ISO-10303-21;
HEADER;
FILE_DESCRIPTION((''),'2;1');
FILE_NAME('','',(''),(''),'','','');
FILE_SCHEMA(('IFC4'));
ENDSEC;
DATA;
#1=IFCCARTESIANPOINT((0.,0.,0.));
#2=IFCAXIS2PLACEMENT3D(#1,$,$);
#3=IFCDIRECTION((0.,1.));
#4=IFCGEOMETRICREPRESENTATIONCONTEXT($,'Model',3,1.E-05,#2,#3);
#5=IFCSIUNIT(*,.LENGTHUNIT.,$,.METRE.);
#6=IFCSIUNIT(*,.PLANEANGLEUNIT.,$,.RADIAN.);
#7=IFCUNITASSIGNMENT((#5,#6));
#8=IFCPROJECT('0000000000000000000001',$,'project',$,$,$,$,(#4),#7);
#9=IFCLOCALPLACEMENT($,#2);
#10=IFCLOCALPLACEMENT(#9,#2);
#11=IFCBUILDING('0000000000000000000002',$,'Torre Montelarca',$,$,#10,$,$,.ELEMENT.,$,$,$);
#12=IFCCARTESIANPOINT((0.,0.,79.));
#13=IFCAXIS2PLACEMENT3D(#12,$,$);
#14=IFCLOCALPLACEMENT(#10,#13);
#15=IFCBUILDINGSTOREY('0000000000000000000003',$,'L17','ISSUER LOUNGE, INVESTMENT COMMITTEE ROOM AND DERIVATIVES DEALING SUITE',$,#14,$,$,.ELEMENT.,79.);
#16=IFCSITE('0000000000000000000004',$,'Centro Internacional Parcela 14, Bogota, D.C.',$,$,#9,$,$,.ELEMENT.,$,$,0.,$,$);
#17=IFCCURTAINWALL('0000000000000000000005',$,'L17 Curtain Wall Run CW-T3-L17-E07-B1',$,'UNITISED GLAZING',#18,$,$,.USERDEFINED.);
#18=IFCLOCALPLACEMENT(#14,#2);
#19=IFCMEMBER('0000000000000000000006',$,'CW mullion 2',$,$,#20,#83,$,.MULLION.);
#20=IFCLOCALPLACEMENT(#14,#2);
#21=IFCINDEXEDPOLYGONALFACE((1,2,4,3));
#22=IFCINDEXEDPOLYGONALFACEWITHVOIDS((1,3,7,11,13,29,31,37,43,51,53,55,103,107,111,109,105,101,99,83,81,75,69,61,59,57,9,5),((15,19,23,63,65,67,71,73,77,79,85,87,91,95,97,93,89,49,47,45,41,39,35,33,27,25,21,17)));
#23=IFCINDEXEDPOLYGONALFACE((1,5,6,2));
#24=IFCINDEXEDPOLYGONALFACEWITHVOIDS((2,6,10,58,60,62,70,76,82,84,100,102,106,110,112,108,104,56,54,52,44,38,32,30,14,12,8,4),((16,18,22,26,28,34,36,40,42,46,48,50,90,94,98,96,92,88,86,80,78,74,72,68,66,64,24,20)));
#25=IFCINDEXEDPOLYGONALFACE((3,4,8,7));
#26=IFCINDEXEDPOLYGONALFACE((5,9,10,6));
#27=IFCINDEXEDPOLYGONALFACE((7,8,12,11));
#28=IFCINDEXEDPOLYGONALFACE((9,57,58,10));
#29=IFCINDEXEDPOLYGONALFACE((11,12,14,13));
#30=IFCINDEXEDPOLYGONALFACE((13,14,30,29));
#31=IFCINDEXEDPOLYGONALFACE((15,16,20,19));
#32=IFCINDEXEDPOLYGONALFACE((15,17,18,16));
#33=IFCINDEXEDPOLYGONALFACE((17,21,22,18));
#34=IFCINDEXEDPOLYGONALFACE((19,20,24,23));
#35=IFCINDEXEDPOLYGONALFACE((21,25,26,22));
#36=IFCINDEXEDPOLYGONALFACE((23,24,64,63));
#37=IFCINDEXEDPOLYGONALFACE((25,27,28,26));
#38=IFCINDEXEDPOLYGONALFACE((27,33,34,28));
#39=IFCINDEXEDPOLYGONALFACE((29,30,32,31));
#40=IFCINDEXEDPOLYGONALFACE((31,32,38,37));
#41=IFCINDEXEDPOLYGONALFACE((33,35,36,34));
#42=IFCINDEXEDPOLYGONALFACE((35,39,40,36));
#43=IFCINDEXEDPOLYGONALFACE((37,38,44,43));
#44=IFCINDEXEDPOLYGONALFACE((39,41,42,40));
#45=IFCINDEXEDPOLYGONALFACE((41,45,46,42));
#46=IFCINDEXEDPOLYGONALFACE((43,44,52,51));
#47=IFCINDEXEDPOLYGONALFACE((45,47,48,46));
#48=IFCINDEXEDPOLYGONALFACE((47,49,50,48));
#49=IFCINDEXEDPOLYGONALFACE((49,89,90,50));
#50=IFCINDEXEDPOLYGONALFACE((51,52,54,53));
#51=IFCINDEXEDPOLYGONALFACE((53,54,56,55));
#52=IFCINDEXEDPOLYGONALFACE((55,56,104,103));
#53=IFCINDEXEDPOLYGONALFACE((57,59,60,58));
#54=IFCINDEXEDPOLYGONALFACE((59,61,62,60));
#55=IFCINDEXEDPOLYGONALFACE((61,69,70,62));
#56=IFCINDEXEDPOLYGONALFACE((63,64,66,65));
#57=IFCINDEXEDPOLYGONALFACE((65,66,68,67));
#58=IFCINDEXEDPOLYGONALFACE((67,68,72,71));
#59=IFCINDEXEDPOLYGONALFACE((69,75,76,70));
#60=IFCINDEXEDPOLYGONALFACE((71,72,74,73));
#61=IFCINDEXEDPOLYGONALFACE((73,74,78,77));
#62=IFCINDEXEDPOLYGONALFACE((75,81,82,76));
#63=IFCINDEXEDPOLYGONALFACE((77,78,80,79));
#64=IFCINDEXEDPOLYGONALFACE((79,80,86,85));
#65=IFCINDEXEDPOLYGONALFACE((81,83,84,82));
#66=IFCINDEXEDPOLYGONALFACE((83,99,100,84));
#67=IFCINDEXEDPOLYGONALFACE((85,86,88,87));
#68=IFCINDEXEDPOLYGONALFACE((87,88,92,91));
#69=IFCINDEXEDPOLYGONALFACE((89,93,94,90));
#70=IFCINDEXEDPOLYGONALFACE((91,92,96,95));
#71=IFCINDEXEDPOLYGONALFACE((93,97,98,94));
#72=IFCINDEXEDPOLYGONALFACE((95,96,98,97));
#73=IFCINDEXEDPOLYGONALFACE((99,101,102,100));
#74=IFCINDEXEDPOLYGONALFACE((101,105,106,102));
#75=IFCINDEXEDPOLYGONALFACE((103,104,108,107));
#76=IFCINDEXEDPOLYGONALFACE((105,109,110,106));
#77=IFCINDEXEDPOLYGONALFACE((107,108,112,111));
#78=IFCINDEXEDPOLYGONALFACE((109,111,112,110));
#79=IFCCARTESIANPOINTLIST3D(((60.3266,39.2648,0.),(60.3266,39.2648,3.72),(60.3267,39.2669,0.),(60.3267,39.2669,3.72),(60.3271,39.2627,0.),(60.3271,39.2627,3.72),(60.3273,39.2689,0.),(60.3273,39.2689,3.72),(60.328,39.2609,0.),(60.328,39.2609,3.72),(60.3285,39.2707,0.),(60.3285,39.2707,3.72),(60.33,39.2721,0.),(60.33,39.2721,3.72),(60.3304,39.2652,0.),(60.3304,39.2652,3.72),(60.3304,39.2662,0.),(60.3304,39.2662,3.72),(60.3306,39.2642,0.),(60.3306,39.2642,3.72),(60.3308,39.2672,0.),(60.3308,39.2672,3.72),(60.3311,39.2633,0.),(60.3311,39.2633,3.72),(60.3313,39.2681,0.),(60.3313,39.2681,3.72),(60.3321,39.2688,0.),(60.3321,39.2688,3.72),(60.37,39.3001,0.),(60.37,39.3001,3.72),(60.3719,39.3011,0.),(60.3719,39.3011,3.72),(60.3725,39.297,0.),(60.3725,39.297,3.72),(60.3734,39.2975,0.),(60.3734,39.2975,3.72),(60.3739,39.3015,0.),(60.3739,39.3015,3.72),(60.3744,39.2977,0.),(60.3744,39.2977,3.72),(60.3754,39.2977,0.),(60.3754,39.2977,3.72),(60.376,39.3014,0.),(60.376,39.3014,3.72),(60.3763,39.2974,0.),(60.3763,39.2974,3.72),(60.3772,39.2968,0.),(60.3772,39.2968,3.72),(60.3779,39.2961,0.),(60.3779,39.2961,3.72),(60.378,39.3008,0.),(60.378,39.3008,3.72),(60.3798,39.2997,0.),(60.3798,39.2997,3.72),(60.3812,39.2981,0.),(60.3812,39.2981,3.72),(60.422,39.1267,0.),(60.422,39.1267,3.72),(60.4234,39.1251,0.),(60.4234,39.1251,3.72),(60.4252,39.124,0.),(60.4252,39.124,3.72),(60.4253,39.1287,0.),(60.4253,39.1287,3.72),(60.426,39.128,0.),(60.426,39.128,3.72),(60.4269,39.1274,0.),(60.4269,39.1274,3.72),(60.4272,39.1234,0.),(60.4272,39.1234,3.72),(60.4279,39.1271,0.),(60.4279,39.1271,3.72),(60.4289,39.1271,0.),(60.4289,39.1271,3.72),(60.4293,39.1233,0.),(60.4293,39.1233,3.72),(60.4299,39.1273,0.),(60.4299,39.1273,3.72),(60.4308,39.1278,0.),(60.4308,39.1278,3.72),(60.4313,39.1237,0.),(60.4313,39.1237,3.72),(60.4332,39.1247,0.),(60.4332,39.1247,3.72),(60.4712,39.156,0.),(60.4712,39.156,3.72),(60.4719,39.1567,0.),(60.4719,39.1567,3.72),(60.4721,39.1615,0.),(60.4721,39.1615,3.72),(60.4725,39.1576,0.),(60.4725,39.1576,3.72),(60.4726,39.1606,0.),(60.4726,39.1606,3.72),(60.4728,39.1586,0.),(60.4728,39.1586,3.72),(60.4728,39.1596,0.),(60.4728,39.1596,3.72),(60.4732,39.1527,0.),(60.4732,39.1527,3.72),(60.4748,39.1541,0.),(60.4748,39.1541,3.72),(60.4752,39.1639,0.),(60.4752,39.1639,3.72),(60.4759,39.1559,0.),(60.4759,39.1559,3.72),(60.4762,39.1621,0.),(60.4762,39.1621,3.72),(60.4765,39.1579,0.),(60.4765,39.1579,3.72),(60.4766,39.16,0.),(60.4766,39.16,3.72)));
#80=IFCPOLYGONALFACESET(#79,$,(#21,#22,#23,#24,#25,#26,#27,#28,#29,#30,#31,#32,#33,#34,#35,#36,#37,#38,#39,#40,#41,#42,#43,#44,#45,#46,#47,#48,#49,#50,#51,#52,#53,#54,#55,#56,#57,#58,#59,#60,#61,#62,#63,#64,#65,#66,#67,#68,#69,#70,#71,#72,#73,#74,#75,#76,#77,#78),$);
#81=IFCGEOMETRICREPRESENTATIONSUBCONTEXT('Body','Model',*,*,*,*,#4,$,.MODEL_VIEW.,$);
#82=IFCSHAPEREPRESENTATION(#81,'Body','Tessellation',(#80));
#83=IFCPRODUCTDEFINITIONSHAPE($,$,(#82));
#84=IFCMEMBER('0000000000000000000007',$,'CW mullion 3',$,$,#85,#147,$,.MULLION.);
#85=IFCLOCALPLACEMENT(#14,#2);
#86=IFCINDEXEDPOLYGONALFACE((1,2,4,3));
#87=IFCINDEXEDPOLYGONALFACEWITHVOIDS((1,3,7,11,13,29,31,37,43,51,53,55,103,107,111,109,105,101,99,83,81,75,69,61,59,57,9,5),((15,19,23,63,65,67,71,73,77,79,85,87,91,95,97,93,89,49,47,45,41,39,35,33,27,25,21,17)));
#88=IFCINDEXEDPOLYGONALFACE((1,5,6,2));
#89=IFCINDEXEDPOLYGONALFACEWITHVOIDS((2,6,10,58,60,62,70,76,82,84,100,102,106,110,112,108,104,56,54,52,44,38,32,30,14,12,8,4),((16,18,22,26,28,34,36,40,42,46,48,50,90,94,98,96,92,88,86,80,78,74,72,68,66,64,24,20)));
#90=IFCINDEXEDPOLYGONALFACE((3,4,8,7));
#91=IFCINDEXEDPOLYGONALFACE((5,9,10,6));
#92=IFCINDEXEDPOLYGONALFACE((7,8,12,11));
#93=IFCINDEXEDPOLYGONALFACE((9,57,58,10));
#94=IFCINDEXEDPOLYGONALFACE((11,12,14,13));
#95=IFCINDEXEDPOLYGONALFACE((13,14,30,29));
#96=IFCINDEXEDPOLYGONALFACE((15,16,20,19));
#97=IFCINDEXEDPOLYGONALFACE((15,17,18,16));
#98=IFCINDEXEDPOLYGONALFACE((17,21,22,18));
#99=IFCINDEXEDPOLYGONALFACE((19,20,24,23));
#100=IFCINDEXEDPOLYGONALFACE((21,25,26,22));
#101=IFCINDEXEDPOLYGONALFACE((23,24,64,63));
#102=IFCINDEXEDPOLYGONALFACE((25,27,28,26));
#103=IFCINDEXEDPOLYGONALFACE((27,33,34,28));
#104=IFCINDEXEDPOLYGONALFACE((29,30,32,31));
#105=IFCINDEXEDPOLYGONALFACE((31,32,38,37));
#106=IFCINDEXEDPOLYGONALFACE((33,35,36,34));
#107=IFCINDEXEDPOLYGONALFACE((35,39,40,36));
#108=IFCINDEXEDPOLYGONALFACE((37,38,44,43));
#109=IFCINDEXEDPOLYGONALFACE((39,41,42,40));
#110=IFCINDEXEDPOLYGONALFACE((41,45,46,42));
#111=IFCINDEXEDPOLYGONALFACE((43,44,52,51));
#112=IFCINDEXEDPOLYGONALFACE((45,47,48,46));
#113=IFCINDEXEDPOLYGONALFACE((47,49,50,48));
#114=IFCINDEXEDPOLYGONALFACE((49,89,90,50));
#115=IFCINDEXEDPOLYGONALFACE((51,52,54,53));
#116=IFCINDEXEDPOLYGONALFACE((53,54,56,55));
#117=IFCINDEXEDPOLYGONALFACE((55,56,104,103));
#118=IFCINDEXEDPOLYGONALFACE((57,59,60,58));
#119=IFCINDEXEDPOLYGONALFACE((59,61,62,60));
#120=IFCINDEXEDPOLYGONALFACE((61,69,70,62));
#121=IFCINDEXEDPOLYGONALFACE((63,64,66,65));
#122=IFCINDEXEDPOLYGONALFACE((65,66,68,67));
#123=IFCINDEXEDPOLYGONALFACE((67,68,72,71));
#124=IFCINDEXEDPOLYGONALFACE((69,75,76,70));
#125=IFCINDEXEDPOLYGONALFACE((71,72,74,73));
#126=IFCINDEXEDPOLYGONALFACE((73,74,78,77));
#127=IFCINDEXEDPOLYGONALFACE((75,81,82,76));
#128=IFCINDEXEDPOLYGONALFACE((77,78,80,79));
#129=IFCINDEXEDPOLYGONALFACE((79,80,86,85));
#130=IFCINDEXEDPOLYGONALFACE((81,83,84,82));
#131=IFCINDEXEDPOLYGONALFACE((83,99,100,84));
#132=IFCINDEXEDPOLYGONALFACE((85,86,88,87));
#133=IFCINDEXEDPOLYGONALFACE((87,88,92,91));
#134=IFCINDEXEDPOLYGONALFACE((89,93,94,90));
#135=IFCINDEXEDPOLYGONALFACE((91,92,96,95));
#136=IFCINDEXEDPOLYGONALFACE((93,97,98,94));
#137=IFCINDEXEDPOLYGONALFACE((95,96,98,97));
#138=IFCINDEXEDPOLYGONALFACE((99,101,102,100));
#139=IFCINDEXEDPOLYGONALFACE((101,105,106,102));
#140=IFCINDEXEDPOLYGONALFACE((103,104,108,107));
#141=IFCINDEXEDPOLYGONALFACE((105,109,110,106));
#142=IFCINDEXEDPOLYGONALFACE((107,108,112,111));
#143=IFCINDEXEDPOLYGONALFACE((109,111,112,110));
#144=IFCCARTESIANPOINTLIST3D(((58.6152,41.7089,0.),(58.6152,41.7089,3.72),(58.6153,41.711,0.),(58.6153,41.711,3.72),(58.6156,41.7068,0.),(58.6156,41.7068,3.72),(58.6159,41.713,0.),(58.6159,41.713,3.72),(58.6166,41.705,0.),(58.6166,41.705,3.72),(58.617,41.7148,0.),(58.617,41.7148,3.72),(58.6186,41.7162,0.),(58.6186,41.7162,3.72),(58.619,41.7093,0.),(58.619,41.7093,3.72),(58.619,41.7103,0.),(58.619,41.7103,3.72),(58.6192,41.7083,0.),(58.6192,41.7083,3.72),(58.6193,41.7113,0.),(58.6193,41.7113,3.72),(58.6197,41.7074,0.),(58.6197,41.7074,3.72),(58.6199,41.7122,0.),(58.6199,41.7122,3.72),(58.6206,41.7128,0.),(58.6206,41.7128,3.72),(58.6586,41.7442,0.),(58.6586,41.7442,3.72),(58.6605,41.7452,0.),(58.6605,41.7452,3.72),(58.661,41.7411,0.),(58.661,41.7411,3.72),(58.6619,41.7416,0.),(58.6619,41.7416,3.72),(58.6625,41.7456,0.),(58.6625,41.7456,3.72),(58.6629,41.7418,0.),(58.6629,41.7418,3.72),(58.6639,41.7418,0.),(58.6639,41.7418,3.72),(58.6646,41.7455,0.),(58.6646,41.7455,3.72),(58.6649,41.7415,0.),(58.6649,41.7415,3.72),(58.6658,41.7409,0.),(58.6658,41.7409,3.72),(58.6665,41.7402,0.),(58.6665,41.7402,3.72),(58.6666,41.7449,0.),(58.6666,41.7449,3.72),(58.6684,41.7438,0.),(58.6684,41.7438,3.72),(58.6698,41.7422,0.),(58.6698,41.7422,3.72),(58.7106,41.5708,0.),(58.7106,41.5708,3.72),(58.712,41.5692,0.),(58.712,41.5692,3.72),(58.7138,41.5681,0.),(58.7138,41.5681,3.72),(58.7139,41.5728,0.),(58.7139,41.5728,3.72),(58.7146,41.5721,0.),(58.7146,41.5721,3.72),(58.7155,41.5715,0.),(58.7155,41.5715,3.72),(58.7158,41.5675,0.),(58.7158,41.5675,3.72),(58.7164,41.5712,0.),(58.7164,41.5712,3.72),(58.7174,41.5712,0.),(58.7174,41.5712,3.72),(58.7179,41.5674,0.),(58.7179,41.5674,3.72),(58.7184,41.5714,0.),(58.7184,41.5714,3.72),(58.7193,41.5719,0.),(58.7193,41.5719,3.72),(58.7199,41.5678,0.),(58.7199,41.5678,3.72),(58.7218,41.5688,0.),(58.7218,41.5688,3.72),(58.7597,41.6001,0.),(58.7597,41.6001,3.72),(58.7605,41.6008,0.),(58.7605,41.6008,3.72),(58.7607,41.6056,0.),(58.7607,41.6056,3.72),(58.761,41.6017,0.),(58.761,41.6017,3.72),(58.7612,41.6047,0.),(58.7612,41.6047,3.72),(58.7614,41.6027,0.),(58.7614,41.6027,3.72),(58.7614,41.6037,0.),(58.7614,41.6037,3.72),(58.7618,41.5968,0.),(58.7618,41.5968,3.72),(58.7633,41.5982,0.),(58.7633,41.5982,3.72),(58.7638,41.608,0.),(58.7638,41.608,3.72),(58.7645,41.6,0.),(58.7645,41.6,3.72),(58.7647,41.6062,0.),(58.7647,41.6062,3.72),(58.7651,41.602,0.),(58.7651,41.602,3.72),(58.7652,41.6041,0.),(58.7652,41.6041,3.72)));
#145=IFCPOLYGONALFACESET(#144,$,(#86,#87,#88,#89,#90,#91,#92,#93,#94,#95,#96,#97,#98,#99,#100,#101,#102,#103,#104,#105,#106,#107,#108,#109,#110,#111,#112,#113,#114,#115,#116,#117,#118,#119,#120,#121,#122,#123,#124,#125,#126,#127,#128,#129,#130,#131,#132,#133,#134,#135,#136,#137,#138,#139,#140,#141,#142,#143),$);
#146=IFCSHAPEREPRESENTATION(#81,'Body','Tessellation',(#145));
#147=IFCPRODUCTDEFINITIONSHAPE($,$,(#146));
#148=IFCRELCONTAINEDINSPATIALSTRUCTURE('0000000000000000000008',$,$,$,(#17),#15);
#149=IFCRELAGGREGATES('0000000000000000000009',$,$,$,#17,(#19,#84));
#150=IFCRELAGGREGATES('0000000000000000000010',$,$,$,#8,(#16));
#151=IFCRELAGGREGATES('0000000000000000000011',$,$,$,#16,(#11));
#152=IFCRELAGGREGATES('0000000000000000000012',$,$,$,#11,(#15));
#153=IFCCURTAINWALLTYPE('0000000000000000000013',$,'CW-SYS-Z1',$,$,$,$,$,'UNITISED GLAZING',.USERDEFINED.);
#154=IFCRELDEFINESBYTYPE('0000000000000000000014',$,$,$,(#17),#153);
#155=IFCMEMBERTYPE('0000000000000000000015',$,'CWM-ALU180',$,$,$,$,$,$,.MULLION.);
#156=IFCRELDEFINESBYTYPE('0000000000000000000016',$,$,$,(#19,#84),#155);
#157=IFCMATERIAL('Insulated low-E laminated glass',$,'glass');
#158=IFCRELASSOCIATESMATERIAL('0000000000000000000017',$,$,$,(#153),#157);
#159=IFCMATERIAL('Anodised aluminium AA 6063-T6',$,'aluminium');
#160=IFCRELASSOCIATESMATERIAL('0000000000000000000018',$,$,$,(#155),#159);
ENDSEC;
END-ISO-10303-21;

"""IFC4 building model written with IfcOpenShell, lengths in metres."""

from ifc_helpers import new_model, si_unit, direction, frame, origin, origin_2d, place, context, subcontext, project, spatial, hollow_rectangle, extrude, source, transform, mapped, material, material_profile, profile_set, type_object, element, aggregate, save


model = new_model("IFC4")

# Units and contexts
model_context = context("Model", 3, precision=1e-05, world=origin(), true_north=direction((0.0, 1.0)))
body_context = subcontext(model_context, "Body", "Model", "MODEL_VIEW")
ifc_project = project(units=[si_unit("LENGTHUNIT", "METRE"), si_unit("PLANEANGLEUNIT", "RADIAN")], contexts=[model_context])

# Site, building, storey
site_placement = place(None, origin())
site = spatial("IfcSite", under=ifc_project, at=site_placement, Name="Centro Internacional Parcela 14, Bogota, D.C.", CompositionType="ELEMENT", RefElevation=0.0)
building_placement = place(site_placement, origin())
building = spatial("IfcBuilding", under=site, at=building_placement, Name="Torre Montelarca", CompositionType="ELEMENT")
storey_placement = place(building_placement, frame((0.0, 0.0, 79.0)))
storey = spatial("IfcBuildingStorey", under=building, at=storey_placement, Name="L17", Description="ISSUER LOUNGE, INVESTMENT COMMITTEE ROOM AND DERIVATIVES DEALING SUITE", CompositionType="ELEMENT", Elevation=79.0)

# Curtain wall
ifc_material_1 = material(Name="Insulated low-E laminated glass", Category="glass")
curtain_wall_type = type_object("IfcCurtainWallType", Name="CW-SYS-Z1", ElementType="UNITISED GLAZING", PredefinedType="USERDEFINED", material=ifc_material_1)
curtain_wall_1_placement = place(storey_placement, origin())
curtain_wall_1 = element("IfcCurtainWall", 1, at=curtain_wall_1_placement, inside=storey, type_object=curtain_wall_type, Name="L17 Curtain Wall Run CW-T3-L17-E07-B1", ObjectType="UNITISED GLAZING", PredefinedType="USERDEFINED")
ifc_material_2 = material(Name="Anodised aluminium AA 6063-T6", Category="aluminium")
ifc_material_profile_1 = material_profile(ifc_material_2, hollow_rectangle(XDim=0.0649, YDim=0.1799, WallThickness=0.0039, InnerFilletRadius=0.0039, OuterFilletRadius=0.0081, at=origin_2d()), Name="ALU65X180X4", Category="aluminium")
ifc_profile_set_1 = profile_set([ifc_material_profile_1], Name="Anodised aluminium AA 6063-T6")
member_type_1 = type_object("IfcMemberType", Name="CWM-ALU180", PredefinedType="MULLION", material=ifc_profile_set_1)
shared_shape_1 = source(origin(), body_context, "Body", "SweptSolid", [
    extrude(hollow_rectangle(XDim=0.0649, YDim=0.1799, WallThickness=0.0039, InnerFilletRadius=0.0039, OuterFilletRadius=0.0081, at=origin_2d()), origin(), (0.0, 0.0, 1.0), 3.72),
])

# Members
member_1_placement = place(storey_placement, frame((60.4016, 39.2124, 0.0), z_axis=(0.0, 0.0, 1.0), x_axis=(-0.819174, -0.573546, 0.0)))
member_1 = element("IfcMember", 2, at=member_1_placement, type_object=member_type_1, Name="CW mullion 2", PredefinedType="MULLION", context=body_context, shape_type="MappedRepresentation", body=[
    mapped(shared_shape_1, transform((0.0, 0.0, 0.0), scale=1.0)),
])
member_2_placement = place(storey_placement, frame((58.6902, 41.6565, 0.0), z_axis=(0.0, 0.0, 1.0), x_axis=(-0.819174, -0.573546, 0.0)))
member_2 = element("IfcMember", 3, at=member_2_placement, type_object=member_type_1, Name="CW mullion 3", PredefinedType="MULLION", context=body_context, shape_type="MappedRepresentation", body=[
    mapped(shared_shape_1, transform((0.0, 0.0, 0.0), scale=1.0)),
])

aggregate(curtain_wall_1, [member_1, member_2])

save(model, "model.ifc")
